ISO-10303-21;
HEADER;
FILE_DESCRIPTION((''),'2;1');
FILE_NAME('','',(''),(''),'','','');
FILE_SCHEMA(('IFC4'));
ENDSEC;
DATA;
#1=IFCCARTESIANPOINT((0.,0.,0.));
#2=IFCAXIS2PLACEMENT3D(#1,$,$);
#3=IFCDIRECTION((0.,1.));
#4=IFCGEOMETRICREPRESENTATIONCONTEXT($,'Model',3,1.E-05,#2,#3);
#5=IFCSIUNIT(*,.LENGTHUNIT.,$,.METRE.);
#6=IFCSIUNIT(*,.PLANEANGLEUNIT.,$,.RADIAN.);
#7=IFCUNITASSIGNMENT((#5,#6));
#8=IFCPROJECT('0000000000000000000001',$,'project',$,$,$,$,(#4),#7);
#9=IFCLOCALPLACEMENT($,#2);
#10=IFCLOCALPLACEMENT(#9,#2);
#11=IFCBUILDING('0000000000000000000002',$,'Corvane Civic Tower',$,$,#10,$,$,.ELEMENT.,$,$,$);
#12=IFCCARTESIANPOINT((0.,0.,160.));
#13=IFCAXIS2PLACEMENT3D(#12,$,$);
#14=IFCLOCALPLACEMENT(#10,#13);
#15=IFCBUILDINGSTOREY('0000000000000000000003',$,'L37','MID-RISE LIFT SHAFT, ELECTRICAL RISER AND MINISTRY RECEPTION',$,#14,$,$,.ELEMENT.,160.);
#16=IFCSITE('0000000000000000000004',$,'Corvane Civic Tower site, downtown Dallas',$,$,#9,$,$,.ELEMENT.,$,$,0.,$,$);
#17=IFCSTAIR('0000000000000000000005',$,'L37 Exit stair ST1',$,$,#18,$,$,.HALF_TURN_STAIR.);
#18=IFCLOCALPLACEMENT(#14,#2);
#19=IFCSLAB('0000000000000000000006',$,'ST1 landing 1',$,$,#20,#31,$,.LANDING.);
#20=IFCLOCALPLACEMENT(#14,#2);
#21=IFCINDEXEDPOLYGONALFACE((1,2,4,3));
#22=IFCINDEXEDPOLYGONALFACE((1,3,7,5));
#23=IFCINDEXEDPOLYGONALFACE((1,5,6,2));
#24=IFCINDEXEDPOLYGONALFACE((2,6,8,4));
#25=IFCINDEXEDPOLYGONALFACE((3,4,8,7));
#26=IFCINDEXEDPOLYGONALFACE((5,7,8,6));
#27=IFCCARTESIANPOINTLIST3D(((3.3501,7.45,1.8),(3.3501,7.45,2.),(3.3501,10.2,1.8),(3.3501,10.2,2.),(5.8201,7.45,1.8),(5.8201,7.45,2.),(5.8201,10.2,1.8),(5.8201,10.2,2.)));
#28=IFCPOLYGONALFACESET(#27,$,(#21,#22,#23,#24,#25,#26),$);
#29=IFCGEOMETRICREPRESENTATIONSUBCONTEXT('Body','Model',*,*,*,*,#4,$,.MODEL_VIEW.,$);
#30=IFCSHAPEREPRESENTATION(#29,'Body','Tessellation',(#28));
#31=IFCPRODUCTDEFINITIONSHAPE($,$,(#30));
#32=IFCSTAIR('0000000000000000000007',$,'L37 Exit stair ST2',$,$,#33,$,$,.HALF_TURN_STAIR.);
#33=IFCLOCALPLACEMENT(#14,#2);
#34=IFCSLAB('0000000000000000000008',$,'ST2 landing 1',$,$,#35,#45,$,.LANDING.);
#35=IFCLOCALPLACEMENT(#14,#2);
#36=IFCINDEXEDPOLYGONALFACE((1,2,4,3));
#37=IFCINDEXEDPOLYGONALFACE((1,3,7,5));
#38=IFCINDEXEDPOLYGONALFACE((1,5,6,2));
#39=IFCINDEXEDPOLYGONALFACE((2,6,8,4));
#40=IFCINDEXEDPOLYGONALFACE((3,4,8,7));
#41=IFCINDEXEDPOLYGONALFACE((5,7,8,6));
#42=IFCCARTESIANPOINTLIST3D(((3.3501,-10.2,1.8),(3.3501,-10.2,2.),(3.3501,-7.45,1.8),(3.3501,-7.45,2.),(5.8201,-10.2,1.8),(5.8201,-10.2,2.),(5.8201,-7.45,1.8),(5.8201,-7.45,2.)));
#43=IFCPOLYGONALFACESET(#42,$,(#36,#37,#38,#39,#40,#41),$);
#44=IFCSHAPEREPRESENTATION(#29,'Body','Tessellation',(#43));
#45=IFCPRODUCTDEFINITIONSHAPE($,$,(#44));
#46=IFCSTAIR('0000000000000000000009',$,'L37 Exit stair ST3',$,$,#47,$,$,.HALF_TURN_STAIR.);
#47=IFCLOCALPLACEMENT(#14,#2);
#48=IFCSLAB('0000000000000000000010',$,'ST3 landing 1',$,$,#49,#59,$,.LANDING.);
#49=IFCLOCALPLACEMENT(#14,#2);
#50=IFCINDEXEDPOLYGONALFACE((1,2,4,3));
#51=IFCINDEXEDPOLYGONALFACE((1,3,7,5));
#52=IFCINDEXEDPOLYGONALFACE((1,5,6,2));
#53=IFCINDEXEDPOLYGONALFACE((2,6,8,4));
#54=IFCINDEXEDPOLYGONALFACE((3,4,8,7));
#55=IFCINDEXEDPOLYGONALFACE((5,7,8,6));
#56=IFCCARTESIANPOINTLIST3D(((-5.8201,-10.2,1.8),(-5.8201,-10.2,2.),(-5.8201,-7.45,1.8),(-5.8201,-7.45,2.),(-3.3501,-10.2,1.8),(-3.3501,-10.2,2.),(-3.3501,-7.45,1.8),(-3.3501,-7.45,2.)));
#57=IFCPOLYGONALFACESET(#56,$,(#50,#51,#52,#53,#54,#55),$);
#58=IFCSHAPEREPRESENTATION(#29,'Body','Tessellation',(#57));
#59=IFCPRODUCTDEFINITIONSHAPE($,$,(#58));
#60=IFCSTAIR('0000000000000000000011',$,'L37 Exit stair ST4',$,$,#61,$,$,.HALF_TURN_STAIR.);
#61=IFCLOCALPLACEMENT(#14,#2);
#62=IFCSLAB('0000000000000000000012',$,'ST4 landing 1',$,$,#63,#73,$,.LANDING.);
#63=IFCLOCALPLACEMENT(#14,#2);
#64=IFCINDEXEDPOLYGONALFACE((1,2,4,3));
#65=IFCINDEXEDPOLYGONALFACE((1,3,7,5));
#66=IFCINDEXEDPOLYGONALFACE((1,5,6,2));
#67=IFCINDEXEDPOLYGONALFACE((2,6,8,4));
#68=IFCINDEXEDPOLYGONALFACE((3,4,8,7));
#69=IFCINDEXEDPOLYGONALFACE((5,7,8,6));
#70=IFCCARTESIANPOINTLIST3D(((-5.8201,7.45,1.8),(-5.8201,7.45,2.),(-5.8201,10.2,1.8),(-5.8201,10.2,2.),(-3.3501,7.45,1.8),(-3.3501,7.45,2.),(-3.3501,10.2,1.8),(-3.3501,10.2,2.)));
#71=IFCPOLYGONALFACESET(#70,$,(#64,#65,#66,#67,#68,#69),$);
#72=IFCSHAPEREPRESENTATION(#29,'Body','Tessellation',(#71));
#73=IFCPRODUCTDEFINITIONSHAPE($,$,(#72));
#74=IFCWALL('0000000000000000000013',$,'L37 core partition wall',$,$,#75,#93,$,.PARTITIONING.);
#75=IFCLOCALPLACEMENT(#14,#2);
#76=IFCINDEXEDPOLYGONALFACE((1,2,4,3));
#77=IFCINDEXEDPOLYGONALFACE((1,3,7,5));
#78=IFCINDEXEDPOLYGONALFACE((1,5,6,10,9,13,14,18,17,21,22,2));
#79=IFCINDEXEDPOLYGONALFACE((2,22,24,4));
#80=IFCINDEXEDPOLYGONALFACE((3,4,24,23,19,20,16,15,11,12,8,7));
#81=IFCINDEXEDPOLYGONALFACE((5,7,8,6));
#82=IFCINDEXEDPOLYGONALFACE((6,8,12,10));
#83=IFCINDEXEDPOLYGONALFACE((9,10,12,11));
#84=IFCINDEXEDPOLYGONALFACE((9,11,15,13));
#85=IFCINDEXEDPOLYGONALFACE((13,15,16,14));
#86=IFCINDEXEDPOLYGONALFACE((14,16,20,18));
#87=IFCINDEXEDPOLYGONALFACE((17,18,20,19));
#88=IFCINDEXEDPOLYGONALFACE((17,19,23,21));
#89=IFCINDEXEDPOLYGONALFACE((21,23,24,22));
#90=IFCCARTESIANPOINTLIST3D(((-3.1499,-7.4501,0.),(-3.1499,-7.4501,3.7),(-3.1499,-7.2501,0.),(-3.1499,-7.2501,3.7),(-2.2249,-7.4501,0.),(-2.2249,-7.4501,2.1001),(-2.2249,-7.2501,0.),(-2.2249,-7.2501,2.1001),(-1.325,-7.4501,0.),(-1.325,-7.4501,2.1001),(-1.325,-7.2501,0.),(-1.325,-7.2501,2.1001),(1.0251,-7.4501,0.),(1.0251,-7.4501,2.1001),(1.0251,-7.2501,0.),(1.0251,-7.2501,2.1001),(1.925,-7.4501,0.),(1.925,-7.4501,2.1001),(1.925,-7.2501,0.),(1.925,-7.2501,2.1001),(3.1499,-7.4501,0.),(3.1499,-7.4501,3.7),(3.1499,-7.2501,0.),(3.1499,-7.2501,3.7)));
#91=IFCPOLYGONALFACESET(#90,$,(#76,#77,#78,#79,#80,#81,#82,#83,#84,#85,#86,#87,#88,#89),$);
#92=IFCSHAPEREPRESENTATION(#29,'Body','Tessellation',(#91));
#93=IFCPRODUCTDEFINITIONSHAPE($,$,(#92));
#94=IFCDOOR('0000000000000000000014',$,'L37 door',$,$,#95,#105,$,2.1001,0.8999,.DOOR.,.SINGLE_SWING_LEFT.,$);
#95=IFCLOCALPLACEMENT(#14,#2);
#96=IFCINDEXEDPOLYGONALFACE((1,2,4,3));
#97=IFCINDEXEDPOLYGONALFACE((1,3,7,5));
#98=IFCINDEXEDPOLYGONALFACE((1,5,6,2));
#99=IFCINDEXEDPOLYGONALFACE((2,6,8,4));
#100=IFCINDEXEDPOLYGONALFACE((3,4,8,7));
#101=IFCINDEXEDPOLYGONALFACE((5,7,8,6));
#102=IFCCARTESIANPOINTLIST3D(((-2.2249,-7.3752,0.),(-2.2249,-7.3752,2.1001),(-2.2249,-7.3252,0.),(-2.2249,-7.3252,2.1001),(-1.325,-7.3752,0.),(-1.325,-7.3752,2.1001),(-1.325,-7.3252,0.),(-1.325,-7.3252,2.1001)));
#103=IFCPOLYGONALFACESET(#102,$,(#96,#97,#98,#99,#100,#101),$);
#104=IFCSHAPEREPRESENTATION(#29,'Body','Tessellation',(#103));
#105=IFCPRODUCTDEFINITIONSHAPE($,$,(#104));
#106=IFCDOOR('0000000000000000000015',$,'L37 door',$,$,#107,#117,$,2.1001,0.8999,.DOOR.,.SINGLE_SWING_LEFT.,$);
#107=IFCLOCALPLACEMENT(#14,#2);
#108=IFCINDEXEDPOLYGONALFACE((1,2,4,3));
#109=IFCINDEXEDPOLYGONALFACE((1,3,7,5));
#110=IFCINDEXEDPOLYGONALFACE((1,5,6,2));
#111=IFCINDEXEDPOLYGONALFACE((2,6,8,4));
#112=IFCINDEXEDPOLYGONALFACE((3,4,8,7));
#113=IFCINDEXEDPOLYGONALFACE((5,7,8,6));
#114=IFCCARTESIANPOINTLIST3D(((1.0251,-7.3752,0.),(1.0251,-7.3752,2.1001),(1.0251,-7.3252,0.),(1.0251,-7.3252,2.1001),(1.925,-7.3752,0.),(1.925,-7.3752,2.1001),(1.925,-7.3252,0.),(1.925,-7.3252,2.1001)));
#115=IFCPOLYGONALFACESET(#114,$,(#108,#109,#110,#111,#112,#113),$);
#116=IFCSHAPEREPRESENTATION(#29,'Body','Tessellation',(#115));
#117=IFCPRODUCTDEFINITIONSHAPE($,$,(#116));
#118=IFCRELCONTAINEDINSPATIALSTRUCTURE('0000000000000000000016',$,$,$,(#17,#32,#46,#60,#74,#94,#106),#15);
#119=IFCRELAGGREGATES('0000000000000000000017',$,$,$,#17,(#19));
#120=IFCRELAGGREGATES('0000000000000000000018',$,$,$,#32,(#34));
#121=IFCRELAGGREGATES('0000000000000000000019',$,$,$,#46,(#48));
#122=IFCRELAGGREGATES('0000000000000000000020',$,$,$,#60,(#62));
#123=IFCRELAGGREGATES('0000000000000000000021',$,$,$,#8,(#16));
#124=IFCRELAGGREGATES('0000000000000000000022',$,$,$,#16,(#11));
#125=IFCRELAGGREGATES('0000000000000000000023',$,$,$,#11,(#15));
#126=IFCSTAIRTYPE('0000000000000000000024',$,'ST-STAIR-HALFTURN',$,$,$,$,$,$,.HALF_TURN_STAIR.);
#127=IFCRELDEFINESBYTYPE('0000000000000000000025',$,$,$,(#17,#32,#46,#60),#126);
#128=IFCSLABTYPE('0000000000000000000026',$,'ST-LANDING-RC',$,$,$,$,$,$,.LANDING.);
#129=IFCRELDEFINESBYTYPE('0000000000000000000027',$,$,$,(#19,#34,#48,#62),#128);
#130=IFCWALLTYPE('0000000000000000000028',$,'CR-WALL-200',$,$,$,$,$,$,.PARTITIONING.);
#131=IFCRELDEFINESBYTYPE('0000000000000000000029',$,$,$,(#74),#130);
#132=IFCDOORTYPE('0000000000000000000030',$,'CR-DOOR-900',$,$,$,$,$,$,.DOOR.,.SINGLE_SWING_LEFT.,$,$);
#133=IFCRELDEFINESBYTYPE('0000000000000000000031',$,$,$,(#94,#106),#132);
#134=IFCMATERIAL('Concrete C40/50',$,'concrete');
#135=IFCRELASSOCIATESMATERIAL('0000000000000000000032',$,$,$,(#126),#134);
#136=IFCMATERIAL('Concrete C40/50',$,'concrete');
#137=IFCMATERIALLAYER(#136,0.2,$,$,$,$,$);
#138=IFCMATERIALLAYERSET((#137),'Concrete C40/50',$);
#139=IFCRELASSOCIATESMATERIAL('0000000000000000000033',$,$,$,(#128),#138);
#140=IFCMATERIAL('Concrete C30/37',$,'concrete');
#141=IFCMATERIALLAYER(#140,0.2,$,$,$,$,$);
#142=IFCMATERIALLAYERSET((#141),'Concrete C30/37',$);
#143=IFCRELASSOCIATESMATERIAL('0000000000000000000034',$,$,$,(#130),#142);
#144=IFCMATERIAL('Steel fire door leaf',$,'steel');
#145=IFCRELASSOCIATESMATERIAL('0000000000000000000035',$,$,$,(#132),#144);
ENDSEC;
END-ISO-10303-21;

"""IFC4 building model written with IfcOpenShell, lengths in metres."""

from ifc_helpers import new_model, si_unit, direction, frame, frame_2d, origin, place, context, subcontext, project, spatial, polyline, rectangle, outline, extrude, material, layer, layer_set, type_object, element, fill, aggregate, save


model = new_model("IFC4")

# Units and contexts
model_context = context("Model", 3, precision=1e-05, world=origin(), true_north=direction((0.0, 1.0)))
body_context = subcontext(model_context, "Body", "Model", "MODEL_VIEW")
ifc_project = project(units=[si_unit("LENGTHUNIT", "METRE"), si_unit("PLANEANGLEUNIT", "RADIAN")], contexts=[model_context])

# Site, building, storey
site_placement = place(None, origin())
site = spatial("IfcSite", under=ifc_project, at=site_placement, Name="Corvane Civic Tower site, downtown Dallas", CompositionType="ELEMENT", RefElevation=0.0)
building_placement = place(site_placement, origin())
building = spatial("IfcBuilding", under=site, at=building_placement, Name="Corvane Civic Tower", CompositionType="ELEMENT")
storey_placement = place(building_placement, frame((0.0, 0.0, 160.0)))
storey = spatial("IfcBuildingStorey", under=building, at=storey_placement, Name="L37", Description="MID-RISE LIFT SHAFT, ELECTRICAL RISER AND MINISTRY RECEPTION", CompositionType="ELEMENT", Elevation=160.0)

# Stairs, slabs
ifc_material_1 = material(Name="Concrete C40/50", Category="concrete")
stair_type = type_object("IfcStairType", Name="ST-STAIR-HALFTURN", PredefinedType="HALF_TURN_STAIR", material=ifc_material_1)
stair_1_placement = place(storey_placement, origin())
stair_1 = element("IfcStair", 1, at=stair_1_placement, inside=storey, type_object=stair_type, Name="L37 Exit stair ST1", PredefinedType="HALF_TURN_STAIR")
ifc_material_2 = material(Name="Concrete C40/50", Category="concrete")
ifc_layer_1 = layer(ifc_material_2, 0.2)
ifc_layer_set_1 = layer_set([ifc_layer_1], Name="Concrete C40/50")
slab_type_1 = type_object("IfcSlabType", Name="ST-LANDING-RC", PredefinedType="LANDING", material=ifc_layer_set_1)
slab_1_placement = place(storey_placement, frame((0.0, 0.0, 1.8)))
slab_1 = element("IfcSlab", 2, at=slab_1_placement, type_object=slab_type_1, Name="ST1 landing 1", PredefinedType="LANDING", context=body_context, shape_type="SweptSolid", body=[
    extrude(outline(polyline([(5.8201, 10.2), (3.3501, 10.2), (3.3501, 7.45), (5.8201, 7.45), (5.8201, 10.2)])), origin(), (0.0, 0.0, 1.0), 0.2),
])
aggregate(stair_1, [slab_1])
stair_2_placement = place(storey_placement, origin())
stair_2 = element("IfcStair", 3, at=stair_2_placement, inside=storey, type_object=stair_type, Name="L37 Exit stair ST2", PredefinedType="HALF_TURN_STAIR")
slab_2_placement = place(storey_placement, frame((0.0, 0.0, 1.8)))
slab_2 = element("IfcSlab", 4, at=slab_2_placement, type_object=slab_type_1, Name="ST2 landing 1", PredefinedType="LANDING", context=body_context, shape_type="SweptSolid", body=[
    extrude(outline(polyline([(5.8201, -7.45), (3.3501, -7.45), (3.3501, -10.2), (5.8201, -10.2), (5.8201, -7.45)])), origin(), (0.0, 0.0, 1.0), 0.2),
])
aggregate(stair_2, [slab_2])
stair_3_placement = place(storey_placement, origin())
stair_3 = element("IfcStair", 5, at=stair_3_placement, inside=storey, type_object=stair_type, Name="L37 Exit stair ST3", PredefinedType="HALF_TURN_STAIR")
slab_3_placement = place(storey_placement, frame((0.0, 0.0, 1.8)))
slab_3 = element("IfcSlab", 6, at=slab_3_placement, type_object=slab_type_1, Name="ST3 landing 1", PredefinedType="LANDING", context=body_context, shape_type="SweptSolid", body=[
    extrude(outline(polyline([(-5.8201, -10.2), (-3.3501, -10.2), (-3.3501, -7.45), (-5.8201, -7.45), (-5.8201, -10.2)])), origin(), (0.0, 0.0, 1.0), 0.2),
])
aggregate(stair_3, [slab_3])
stair_4_placement = place(storey_placement, origin())
stair_4 = element("IfcStair", 7, at=stair_4_placement, inside=storey, type_object=stair_type, Name="L37 Exit stair ST4", PredefinedType="HALF_TURN_STAIR")
slab_4_placement = place(storey_placement, frame((0.0, 0.0, 1.8)))
slab_4 = element("IfcSlab", 8, at=slab_4_placement, type_object=slab_type_1, Name="ST4 landing 1", PredefinedType="LANDING", context=body_context, shape_type="SweptSolid", body=[
    extrude(outline(polyline([(-5.8201, 7.45), (-3.3501, 7.45), (-3.3501, 10.2), (-5.8201, 10.2), (-5.8201, 7.45)])), origin(), (0.0, 0.0, 1.0), 0.2),
])
aggregate(stair_4, [slab_4])

# Wall, openings, doors
ifc_material_3 = material(Name="Concrete C30/37", Category="concrete")
ifc_layer_2 = layer(ifc_material_3, 0.2)
ifc_layer_set_2 = layer_set([ifc_layer_2], Name="Concrete C30/37")
wall_type_1 = type_object("IfcWallType", Name="CR-WALL-200", PredefinedType="PARTITIONING", material=ifc_layer_set_2)
wall_1_placement = place(storey_placement, frame((-3.1499, -7.3501, 0.0), z_axis=(0.0, 0.0, 1.0), x_axis=(1.0, 0.0, 0.0)))
wall_1 = element("IfcWall", 9, at=wall_1_placement, inside=storey, type_object=wall_type_1, Name="L37 core partition wall", PredefinedType="PARTITIONING", context=body_context, shape_type="SweptSolid", body=[
    extrude(rectangle(XDim=6.2998, YDim=0.2, at=frame_2d((3.1499, 0.0))), origin(), (0.0, 0.0, 1.0), 3.7),
])
opening_1_placement = place(wall_1_placement, frame((0.925, 0.0, 0.0)))
opening_1 = element("IfcOpeningElement", 10, at=opening_1_placement, cuts=wall_1, PredefinedType="OPENING", context=body_context, shape_type="SweptSolid", body=[
    extrude(rectangle(XDim=0.8999, YDim=2.1001, at=frame_2d((0.45, 1.05))), frame((0.0, 0.1099, 0.0), z_axis=(0.0, -1.0, 0.0), x_axis=(1.0, 0.0, 0.0)), (0.0, 0.0, 1.0), 0.22),
])
opening_2_placement = place(wall_1_placement, frame((4.175, 0.0, 0.0)))
opening_2 = element("IfcOpeningElement", 11, at=opening_2_placement, cuts=wall_1, PredefinedType="OPENING", context=body_context, shape_type="SweptSolid", body=[
    extrude(rectangle(XDim=0.8999, YDim=2.1001, at=frame_2d((0.45, 1.05))), frame((0.0, 0.1099, 0.0), z_axis=(0.0, -1.0, 0.0), x_axis=(1.0, 0.0, 0.0)), (0.0, 0.0, 1.0), 0.22),
])
ifc_material_4 = material(Name="Steel fire door leaf", Category="steel")
door_type_1 = type_object("IfcDoorType", Name="CR-DOOR-900", OperationType="SINGLE_SWING_LEFT", PredefinedType="DOOR", material=ifc_material_4)
door_1_placement = place(opening_1_placement, origin())
door_1 = element("IfcDoor", 12, at=door_1_placement, inside=storey, type_object=door_type_1, Name="L37 door", OperationType="SINGLE_SWING_LEFT", OverallHeight=2.1001, OverallWidth=0.8999, PredefinedType="DOOR", context=body_context, shape_type="SweptSolid", body=[
    extrude(rectangle(XDim=0.8999, YDim=2.1001, at=frame_2d((0.45, 1.05))), frame((0.0, 0.0249, 0.0), z_axis=(0.0, -1.0, 0.0), x_axis=(1.0, 0.0, 0.0)), (0.0, 0.0, 1.0), 0.05),
])
fill(opening_1, door_1)
door_2_placement = place(opening_2_placement, origin())
door_2 = element("IfcDoor", 13, at=door_2_placement, inside=storey, type_object=door_type_1, Name="L37 door", OperationType="SINGLE_SWING_LEFT", OverallHeight=2.1001, OverallWidth=0.8999, PredefinedType="DOOR", context=body_context, shape_type="SweptSolid", body=[
    extrude(rectangle(XDim=0.8999, YDim=2.1001, at=frame_2d((0.45, 1.05))), frame((0.0, 0.0249, 0.0), z_axis=(0.0, -1.0, 0.0), x_axis=(1.0, 0.0, 0.0)), (0.0, 0.0, 1.0), 0.05),
])
fill(opening_2, door_2)

save(model, "model.ifc")
